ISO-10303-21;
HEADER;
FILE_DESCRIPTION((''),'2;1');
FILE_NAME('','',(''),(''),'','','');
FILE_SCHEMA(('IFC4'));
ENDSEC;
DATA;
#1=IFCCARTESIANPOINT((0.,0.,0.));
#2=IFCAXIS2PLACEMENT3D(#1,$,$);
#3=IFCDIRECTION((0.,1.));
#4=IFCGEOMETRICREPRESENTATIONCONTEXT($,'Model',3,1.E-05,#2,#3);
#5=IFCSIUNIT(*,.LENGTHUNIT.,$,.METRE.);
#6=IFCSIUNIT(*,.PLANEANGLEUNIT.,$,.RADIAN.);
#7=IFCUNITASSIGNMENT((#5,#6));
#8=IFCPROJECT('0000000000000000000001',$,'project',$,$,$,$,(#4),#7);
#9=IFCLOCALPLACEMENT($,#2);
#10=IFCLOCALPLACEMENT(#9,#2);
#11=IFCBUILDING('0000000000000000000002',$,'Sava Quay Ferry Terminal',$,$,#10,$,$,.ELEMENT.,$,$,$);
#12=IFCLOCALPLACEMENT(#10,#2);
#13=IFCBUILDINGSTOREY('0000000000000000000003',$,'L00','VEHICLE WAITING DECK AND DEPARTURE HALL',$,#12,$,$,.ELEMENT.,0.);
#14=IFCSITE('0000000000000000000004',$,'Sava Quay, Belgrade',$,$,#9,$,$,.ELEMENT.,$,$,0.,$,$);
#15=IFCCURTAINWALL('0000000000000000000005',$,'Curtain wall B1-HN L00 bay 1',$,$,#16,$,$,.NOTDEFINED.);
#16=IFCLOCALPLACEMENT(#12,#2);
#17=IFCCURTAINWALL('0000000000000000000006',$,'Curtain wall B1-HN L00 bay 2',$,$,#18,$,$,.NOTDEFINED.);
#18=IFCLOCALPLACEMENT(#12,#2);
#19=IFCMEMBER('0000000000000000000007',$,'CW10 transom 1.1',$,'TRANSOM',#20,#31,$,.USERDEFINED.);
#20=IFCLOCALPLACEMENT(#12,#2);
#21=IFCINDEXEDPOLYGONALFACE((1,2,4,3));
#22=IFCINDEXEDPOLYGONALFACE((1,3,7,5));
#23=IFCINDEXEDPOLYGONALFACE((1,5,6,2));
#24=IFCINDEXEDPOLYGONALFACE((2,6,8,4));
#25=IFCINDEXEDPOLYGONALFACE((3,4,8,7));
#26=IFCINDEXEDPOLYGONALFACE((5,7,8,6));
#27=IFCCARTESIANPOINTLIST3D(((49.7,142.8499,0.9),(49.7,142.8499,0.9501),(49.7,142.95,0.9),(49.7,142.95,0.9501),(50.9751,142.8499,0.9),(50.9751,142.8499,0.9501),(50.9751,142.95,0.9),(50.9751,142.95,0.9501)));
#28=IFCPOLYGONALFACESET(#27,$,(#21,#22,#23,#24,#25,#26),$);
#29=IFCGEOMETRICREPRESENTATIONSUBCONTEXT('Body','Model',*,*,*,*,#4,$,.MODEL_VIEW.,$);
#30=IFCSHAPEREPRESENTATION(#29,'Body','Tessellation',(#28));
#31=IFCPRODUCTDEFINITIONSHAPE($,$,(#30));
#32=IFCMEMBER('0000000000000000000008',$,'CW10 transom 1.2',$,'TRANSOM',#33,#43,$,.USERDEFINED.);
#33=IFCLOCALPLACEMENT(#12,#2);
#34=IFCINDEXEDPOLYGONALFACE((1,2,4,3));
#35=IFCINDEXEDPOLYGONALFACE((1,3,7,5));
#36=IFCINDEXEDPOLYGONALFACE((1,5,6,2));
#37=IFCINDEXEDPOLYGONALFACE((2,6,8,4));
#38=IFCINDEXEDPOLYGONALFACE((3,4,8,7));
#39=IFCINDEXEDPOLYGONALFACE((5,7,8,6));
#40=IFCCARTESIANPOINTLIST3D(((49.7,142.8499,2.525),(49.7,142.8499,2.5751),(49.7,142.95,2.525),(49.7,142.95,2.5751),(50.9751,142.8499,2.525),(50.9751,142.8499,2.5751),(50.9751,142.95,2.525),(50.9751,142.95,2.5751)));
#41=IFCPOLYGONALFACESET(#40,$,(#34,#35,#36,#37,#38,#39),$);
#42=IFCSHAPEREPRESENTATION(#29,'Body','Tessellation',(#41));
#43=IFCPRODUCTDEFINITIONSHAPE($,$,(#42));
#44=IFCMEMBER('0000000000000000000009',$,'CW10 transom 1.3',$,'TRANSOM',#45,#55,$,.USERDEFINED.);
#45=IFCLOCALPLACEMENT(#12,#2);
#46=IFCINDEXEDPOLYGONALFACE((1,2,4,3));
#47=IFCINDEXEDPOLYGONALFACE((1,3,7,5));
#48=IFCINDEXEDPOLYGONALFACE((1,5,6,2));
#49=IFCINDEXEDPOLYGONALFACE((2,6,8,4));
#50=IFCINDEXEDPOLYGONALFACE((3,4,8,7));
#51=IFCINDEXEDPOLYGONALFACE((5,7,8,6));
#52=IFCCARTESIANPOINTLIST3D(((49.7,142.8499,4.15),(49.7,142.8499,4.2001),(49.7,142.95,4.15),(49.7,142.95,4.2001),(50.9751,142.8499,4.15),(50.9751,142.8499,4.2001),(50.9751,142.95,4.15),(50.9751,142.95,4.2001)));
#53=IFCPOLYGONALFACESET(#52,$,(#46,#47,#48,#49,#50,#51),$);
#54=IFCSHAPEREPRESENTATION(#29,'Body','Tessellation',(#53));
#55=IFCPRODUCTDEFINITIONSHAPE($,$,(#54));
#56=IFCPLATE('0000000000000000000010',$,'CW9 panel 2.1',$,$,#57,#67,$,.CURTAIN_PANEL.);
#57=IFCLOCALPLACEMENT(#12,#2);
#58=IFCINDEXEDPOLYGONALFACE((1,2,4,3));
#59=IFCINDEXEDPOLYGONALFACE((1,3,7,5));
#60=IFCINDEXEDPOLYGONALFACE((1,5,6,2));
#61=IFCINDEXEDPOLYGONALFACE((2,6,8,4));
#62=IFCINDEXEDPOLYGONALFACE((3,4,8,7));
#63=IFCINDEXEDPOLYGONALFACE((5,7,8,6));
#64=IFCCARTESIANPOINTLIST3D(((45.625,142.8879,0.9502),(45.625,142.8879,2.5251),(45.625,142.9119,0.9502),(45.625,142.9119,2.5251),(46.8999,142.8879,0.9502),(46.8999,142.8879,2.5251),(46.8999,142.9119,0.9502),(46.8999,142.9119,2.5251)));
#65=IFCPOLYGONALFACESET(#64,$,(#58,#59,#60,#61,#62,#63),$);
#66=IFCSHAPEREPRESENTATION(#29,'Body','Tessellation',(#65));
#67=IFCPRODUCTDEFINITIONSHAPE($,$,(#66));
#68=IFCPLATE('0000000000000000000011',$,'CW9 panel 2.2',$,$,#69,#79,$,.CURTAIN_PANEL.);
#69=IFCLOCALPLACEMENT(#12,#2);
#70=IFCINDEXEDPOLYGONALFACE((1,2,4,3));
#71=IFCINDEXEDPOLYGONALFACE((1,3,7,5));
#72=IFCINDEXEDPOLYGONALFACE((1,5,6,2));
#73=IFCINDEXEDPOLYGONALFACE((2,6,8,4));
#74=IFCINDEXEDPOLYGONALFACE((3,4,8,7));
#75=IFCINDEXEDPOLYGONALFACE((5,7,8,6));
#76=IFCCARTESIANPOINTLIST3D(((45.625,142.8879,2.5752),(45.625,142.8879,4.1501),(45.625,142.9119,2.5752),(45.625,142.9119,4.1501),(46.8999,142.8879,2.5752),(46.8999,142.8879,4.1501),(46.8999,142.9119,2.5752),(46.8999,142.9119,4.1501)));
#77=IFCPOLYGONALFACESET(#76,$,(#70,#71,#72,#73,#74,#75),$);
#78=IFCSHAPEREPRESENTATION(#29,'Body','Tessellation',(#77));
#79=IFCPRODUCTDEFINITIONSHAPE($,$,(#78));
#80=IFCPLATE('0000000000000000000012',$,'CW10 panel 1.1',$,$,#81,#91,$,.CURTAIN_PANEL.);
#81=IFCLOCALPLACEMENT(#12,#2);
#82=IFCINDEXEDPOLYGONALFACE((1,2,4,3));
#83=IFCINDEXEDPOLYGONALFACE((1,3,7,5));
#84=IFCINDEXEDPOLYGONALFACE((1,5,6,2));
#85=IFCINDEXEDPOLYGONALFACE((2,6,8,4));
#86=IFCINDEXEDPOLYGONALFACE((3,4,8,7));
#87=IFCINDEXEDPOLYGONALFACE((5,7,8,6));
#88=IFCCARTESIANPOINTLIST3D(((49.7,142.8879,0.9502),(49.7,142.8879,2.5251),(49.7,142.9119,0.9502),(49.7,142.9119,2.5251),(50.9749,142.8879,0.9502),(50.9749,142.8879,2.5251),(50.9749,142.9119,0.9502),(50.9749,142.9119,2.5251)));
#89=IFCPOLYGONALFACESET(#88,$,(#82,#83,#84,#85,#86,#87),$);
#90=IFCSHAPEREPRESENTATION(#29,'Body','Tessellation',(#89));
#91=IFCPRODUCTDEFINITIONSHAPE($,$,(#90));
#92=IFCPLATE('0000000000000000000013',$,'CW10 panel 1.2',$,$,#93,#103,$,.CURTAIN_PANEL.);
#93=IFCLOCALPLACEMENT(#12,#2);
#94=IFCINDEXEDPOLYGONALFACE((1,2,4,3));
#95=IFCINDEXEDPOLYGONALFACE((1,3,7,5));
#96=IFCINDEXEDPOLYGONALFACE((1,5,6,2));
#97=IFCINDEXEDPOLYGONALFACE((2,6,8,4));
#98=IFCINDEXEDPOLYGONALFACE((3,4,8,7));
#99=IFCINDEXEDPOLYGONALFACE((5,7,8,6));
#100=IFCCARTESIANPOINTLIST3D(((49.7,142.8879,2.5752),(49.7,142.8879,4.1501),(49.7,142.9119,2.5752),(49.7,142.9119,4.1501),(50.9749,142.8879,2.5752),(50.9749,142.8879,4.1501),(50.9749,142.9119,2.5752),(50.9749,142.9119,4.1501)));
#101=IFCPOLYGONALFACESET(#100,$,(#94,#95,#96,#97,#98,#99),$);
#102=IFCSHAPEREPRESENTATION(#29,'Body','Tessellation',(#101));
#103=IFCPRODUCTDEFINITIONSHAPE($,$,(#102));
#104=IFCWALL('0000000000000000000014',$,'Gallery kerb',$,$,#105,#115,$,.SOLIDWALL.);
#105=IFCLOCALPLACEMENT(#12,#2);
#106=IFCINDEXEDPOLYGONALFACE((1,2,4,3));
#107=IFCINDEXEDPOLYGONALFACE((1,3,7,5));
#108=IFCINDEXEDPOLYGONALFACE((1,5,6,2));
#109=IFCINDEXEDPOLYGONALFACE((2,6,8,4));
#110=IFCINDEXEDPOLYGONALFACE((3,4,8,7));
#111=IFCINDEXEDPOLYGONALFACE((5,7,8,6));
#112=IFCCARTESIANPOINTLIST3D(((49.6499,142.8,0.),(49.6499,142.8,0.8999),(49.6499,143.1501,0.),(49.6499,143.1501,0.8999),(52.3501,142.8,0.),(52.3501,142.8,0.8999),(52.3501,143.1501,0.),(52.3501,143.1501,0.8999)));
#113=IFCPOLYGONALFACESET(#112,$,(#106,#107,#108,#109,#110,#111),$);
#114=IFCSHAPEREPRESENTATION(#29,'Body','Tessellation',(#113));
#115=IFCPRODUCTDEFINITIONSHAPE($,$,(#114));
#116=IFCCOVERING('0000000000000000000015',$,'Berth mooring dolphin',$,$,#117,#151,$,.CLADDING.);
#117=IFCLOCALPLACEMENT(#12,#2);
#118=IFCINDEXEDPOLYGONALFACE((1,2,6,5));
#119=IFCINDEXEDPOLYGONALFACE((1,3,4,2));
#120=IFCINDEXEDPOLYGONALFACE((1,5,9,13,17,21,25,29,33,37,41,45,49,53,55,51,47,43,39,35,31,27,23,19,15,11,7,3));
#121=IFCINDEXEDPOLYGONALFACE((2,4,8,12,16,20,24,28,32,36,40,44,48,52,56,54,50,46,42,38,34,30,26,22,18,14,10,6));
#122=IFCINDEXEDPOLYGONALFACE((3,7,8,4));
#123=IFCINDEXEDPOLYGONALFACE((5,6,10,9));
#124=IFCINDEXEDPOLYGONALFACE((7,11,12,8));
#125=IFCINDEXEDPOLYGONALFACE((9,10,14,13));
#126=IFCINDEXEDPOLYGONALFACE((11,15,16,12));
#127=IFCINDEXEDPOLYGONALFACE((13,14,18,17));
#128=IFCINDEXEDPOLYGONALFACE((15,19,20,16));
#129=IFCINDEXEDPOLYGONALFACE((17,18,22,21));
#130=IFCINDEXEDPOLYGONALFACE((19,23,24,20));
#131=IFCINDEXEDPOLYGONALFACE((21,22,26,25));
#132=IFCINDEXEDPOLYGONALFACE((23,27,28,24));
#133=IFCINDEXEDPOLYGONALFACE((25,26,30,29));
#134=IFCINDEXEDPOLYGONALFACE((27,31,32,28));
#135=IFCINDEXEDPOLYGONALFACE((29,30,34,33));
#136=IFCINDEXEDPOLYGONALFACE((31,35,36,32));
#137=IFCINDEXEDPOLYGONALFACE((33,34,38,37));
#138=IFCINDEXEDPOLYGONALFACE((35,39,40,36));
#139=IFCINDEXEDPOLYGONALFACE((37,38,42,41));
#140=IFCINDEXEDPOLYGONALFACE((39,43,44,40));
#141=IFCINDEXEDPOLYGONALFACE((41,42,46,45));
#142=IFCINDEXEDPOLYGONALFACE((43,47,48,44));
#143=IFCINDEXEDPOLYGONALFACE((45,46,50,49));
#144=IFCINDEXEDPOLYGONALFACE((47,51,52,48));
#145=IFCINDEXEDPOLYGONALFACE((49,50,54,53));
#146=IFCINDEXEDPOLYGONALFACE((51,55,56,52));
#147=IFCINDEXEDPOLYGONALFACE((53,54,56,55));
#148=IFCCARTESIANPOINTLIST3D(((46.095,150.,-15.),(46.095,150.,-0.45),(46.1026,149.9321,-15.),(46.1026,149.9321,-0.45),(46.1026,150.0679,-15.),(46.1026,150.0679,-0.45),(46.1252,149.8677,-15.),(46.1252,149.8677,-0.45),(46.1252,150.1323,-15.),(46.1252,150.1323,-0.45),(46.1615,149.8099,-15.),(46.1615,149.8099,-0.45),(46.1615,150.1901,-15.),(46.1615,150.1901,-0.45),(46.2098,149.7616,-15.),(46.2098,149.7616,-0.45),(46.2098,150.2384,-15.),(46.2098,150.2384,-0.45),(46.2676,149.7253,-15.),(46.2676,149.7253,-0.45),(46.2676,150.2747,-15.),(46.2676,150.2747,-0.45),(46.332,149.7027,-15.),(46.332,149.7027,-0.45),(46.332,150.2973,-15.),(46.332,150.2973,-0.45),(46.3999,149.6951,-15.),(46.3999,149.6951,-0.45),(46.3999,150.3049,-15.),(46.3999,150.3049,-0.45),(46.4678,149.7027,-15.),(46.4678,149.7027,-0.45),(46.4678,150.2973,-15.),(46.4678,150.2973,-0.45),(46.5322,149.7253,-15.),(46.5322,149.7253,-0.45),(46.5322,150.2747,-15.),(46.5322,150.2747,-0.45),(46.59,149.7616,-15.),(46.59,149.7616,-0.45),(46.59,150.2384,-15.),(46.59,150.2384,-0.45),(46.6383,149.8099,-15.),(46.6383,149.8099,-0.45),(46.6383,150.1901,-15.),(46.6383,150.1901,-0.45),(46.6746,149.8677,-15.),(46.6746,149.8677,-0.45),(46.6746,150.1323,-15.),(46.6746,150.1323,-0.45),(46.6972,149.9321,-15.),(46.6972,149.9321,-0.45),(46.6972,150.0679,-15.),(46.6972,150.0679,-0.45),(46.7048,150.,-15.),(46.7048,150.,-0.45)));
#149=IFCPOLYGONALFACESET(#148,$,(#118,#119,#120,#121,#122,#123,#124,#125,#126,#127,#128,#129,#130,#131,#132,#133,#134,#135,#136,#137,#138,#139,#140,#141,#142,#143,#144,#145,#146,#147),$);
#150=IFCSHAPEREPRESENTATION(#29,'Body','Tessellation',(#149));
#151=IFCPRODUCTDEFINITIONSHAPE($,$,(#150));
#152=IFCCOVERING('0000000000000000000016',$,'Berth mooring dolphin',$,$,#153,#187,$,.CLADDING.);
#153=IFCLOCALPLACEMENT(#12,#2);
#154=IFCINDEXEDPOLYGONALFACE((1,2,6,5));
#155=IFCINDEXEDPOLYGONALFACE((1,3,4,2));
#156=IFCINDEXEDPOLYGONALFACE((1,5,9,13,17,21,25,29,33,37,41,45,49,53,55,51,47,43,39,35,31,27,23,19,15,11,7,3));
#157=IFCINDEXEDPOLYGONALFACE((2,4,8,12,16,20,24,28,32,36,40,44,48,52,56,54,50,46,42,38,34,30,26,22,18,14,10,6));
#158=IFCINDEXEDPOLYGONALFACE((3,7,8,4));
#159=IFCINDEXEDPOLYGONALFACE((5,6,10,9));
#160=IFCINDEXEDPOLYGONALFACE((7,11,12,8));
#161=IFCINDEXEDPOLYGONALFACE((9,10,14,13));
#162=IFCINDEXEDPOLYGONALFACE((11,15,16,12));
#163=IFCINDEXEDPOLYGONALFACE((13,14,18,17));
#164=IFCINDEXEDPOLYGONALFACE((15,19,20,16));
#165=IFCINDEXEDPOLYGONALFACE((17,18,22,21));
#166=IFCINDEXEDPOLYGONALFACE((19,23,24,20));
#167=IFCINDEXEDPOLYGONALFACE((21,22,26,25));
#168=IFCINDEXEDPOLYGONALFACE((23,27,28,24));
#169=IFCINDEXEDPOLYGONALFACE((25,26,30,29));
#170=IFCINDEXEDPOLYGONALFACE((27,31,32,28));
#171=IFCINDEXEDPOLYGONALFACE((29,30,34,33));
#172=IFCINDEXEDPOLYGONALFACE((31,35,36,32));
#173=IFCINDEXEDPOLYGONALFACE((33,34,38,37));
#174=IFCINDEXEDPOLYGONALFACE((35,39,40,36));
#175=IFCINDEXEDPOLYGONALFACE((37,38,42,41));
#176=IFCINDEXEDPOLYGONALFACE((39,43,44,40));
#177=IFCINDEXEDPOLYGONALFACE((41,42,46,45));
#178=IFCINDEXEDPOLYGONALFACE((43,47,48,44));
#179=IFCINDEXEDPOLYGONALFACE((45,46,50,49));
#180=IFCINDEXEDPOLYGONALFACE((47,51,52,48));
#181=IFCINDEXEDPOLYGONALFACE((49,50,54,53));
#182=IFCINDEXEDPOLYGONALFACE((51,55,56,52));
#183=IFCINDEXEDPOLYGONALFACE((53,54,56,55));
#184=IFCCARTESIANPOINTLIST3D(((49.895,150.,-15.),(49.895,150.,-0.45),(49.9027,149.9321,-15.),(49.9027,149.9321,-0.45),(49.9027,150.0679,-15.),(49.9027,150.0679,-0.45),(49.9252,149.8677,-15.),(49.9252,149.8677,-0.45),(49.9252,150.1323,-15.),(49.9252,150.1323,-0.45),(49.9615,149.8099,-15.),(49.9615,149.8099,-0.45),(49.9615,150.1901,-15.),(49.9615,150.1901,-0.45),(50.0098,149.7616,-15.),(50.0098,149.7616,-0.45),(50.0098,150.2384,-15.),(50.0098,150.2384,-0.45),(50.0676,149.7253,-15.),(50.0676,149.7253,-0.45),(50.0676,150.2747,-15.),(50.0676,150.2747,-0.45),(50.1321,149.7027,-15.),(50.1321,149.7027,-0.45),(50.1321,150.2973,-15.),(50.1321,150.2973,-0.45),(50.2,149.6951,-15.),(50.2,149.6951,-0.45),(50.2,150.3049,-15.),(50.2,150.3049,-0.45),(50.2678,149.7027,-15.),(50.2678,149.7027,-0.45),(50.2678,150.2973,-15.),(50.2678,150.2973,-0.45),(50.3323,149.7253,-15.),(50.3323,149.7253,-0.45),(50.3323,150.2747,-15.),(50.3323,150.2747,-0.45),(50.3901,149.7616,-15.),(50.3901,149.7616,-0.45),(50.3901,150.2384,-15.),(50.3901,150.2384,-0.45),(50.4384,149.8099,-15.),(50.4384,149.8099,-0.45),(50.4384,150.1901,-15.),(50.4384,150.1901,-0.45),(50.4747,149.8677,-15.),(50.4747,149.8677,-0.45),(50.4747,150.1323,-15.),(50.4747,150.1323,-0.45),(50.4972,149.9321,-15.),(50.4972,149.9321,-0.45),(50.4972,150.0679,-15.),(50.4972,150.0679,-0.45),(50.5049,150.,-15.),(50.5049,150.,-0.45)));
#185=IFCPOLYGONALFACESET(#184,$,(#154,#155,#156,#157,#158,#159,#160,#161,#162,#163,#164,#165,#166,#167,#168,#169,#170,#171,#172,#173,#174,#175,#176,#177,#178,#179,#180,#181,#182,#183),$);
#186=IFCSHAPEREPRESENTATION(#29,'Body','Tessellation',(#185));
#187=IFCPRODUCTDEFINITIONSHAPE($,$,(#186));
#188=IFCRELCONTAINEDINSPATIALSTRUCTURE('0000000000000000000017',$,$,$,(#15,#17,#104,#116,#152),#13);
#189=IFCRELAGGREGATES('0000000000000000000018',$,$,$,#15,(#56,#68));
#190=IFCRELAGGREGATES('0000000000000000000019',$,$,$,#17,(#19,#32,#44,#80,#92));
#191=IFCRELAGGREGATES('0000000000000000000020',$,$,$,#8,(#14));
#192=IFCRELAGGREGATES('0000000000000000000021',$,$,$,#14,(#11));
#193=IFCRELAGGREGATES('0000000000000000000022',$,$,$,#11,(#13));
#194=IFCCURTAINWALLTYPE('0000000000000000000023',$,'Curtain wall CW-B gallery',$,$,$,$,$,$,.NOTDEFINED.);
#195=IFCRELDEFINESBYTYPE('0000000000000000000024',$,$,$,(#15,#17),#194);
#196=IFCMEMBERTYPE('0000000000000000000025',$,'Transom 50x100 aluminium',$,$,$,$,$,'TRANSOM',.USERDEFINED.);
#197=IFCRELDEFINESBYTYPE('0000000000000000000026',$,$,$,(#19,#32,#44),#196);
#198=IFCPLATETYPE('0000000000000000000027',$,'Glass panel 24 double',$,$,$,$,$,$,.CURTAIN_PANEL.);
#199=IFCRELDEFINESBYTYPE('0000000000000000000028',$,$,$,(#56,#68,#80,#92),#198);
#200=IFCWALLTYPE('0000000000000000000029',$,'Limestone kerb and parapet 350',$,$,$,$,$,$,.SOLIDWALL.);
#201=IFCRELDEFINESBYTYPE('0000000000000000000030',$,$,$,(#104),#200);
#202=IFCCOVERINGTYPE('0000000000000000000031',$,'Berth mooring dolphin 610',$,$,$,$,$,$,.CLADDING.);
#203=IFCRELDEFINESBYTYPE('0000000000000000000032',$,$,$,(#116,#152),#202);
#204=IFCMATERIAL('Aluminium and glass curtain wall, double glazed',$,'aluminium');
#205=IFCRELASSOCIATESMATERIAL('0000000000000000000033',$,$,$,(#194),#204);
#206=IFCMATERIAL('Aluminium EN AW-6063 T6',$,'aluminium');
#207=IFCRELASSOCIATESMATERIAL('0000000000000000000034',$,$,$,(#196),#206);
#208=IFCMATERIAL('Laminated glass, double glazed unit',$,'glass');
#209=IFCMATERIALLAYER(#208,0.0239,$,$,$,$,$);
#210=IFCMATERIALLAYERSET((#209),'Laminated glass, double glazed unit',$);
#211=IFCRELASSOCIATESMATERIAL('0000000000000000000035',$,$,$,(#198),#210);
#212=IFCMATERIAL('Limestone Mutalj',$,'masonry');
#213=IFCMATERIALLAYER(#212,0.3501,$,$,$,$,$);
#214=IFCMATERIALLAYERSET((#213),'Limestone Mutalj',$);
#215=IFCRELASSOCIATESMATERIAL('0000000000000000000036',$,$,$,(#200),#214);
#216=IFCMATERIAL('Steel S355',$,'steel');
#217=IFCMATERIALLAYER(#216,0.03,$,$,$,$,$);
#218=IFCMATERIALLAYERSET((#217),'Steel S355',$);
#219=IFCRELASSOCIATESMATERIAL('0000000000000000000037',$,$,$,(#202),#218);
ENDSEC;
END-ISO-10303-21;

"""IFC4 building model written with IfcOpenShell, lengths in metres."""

from ifc_helpers import new_model, si_unit, direction, frame, frame_2d, origin, origin_2d, place, context, subcontext, project, spatial, rectangle, circle, extrude, material, layer, layer_set, material_profile, profile_set, type_object, element, aggregate, save


model = new_model("IFC4")

# Units and contexts
model_context = context("Model", 3, precision=1e-05, world=origin(), true_north=direction((0.0, 1.0)))
body_context = subcontext(model_context, "Body", "Model", "MODEL_VIEW")
ifc_project = project(units=[si_unit("LENGTHUNIT", "METRE"), si_unit("PLANEANGLEUNIT", "RADIAN")], contexts=[model_context])

# Site, building, storey
site_placement = place(None, origin())
site = spatial("IfcSite", under=ifc_project, at=site_placement, Name="Sava Quay, Belgrade", CompositionType="ELEMENT", RefElevation=0.0)
building_placement = place(site_placement, origin())
building = spatial("IfcBuilding", under=site, at=building_placement, Name="Sava Quay Ferry Terminal", CompositionType="ELEMENT")
storey_placement = place(building_placement, origin())
storey = spatial("IfcBuildingStorey", under=building, at=storey_placement, Name="L00", Description="VEHICLE WAITING DECK AND DEPARTURE HALL", CompositionType="ELEMENT", Elevation=0.0)

# Curtain wall
ifc_material_1 = material(Name="Aluminium and glass curtain wall, double glazed", Category="aluminium")
curtain_wall_type = type_object("IfcCurtainWallType", Name="Curtain wall CW-B gallery", PredefinedType="NOTDEFINED", material=ifc_material_1)
curtain_wall_1_placement = place(storey_placement, origin())
curtain_wall_1 = element("IfcCurtainWall", 1, at=curtain_wall_1_placement, inside=storey, type_object=curtain_wall_type, Name="Curtain wall B1-HN L00 bay 1", PredefinedType="NOTDEFINED")

# Curtain wall, members
curtain_wall_2_placement = place(storey_placement, origin())
curtain_wall_2 = element("IfcCurtainWall", 2, at=curtain_wall_2_placement, inside=storey, type_object=curtain_wall_type, Name="Curtain wall B1-HN L00 bay 2", PredefinedType="NOTDEFINED")
ifc_material_2 = material(Name="Aluminium EN AW-6063 T6", Category="aluminium")
ifc_material_profile_1 = material_profile(ifc_material_2, rectangle(XDim=0.1001, YDim=0.05, at=origin_2d()), Name="Transom 50x100 aluminium")
ifc_profile_set_1 = profile_set([ifc_material_profile_1], Name="Aluminium EN AW-6063 T6")
member_type_1 = type_object("IfcMemberType", Name="Transom 50x100 aluminium", ElementType="TRANSOM", PredefinedType="USERDEFINED", material=ifc_profile_set_1)
member_1_placement = place(storey_placement, frame((49.7, 142.8999, 0.925), z_axis=(1.0, 0.0, 0.0), x_axis=(0.0, 1.0, 0.0)))
member_1 = element("IfcMember", 3, at=member_1_placement, type_object=member_type_1, Name="CW10 transom 1.1", ObjectType="TRANSOM", PredefinedType="USERDEFINED", context=body_context, shape_type="SweptSolid", body=[
    extrude(rectangle(XDim=0.1001, YDim=0.05, at=origin_2d()), origin(), (0.0, 0.0, 1.0), 1.2751),
])
member_2_placement = place(storey_placement, frame((49.7, 142.8999, 2.55), z_axis=(1.0, 0.0, 0.0), x_axis=(0.0, 1.0, 0.0)))
member_2 = element("IfcMember", 4, at=member_2_placement, type_object=member_type_1, Name="CW10 transom 1.2", ObjectType="TRANSOM", PredefinedType="USERDEFINED", context=body_context, shape_type="SweptSolid", body=[
    extrude(rectangle(XDim=0.1001, YDim=0.05, at=origin_2d()), origin(), (0.0, 0.0, 1.0), 1.2751),
])
member_3_placement = place(storey_placement, frame((49.7, 142.8999, 4.175), z_axis=(1.0, 0.0, 0.0), x_axis=(0.0, 1.0, 0.0)))
member_3 = element("IfcMember", 5, at=member_3_placement, type_object=member_type_1, Name="CW10 transom 1.3", ObjectType="TRANSOM", PredefinedType="USERDEFINED", context=body_context, shape_type="SweptSolid", body=[
    extrude(rectangle(XDim=0.1001, YDim=0.05, at=origin_2d()), origin(), (0.0, 0.0, 1.0), 1.2751),
])

# Plates
ifc_material_3 = material(Name="Laminated glass, double glazed unit", Category="glass")
ifc_layer_1 = layer(ifc_material_3, 0.0239)
ifc_layer_set_1 = layer_set([ifc_layer_1], Name="Laminated glass, double glazed unit")
plate_type = type_object("IfcPlateType", Name="Glass panel 24 double", PredefinedType="CURTAIN_PANEL", material=ifc_layer_set_1)
plate_1_placement = place(storey_placement, frame((46.2625, 142.8999, 0.9502), z_axis=(0.0, 0.0, 1.0), x_axis=(1.0, 0.0, 0.0)))
plate_1 = element("IfcPlate", 6, at=plate_1_placement, type_object=plate_type, Name="CW9 panel 2.1", PredefinedType="CURTAIN_PANEL", context=body_context, shape_type="SweptSolid", body=[
    extrude(rectangle(XDim=1.2749, YDim=0.0239, at=origin_2d()), origin(), (0.0, 0.0, 1.0), 1.575),
])
plate_2_placement = place(storey_placement, frame((46.2625, 142.8999, 2.5752), z_axis=(0.0, 0.0, 1.0), x_axis=(1.0, 0.0, 0.0)))
plate_2 = element("IfcPlate", 7, at=plate_2_placement, type_object=plate_type, Name="CW9 panel 2.2", PredefinedType="CURTAIN_PANEL", context=body_context, shape_type="SweptSolid", body=[
    extrude(rectangle(XDim=1.2749, YDim=0.0239, at=origin_2d()), origin(), (0.0, 0.0, 1.0), 1.575),
])
aggregate(curtain_wall_1, [plate_1, plate_2])
plate_3_placement = place(storey_placement, frame((50.3374, 142.8999, 0.9502), z_axis=(0.0, 0.0, 1.0), x_axis=(1.0, 0.0, 0.0)))
plate_3 = element("IfcPlate", 8, at=plate_3_placement, type_object=plate_type, Name="CW10 panel 1.1", PredefinedType="CURTAIN_PANEL", context=body_context, shape_type="SweptSolid", body=[
    extrude(rectangle(XDim=1.2749, YDim=0.0239, at=origin_2d()), origin(), (0.0, 0.0, 1.0), 1.575),
])
plate_4_placement = place(storey_placement, frame((50.3374, 142.8999, 2.5752), z_axis=(0.0, 0.0, 1.0), x_axis=(1.0, 0.0, 0.0)))
plate_4 = element("IfcPlate", 9, at=plate_4_placement, type_object=plate_type, Name="CW10 panel 1.2", PredefinedType="CURTAIN_PANEL", context=body_context, shape_type="SweptSolid", body=[
    extrude(rectangle(XDim=1.2749, YDim=0.0239, at=origin_2d()), origin(), (0.0, 0.0, 1.0), 1.575),
])
aggregate(curtain_wall_2, [member_1, member_2, member_3, plate_3, plate_4])

# Wall
ifc_material_4 = material(Name="Limestone Mutalj", Category="masonry")
ifc_layer_2 = layer(ifc_material_4, 0.3501)
ifc_layer_set_2 = layer_set([ifc_layer_2], Name="Limestone Mutalj")
wall_type_1 = type_object("IfcWallType", Name="Limestone kerb and parapet 350", PredefinedType="SOLIDWALL", material=ifc_layer_set_2)
wall_1_placement = place(storey_placement, frame((49.6499, 142.9751, 0.0), z_axis=(0.0, 0.0, 1.0), x_axis=(1.0, 0.0, 0.0)))
element("IfcWall", 10, at=wall_1_placement, inside=storey, type_object=wall_type_1, Name="Gallery kerb", PredefinedType="SOLIDWALL", context=body_context, shape_type="SweptSolid", body=[
    extrude(rectangle(XDim=2.7002, YDim=0.3501, at=frame_2d((1.3501, 0.0))), origin(), (0.0, 0.0, 1.0), 0.8999),
])

# Coverings
ifc_material_5 = material(Name="Steel S355", Category="steel")
ifc_layer_3 = layer(ifc_material_5, 0.03)
ifc_layer_set_3 = layer_set([ifc_layer_3], Name="Steel S355")
covering_type_1 = type_object("IfcCoveringType", Name="Berth mooring dolphin 610", PredefinedType="CLADDING", material=ifc_layer_set_3)
for number, where, z_axis, x_axis, name in (
    (11, (46.3999, 150.0, -0.45), (0.0, 0.0, -1.0), (1.0, 0.0, 0.0), "Berth mooring dolphin"),
    (12, (50.2, 150.0, -0.45), (0.0, 0.0, -1.0), (1.0, 0.0, 0.0), "Berth mooring dolphin"),
):
    element("IfcCovering", number, at=place(storey_placement, frame(where, z_axis=z_axis, x_axis=x_axis)), inside=storey, type_object=covering_type_1, Name=name, PredefinedType="CLADDING", context=body_context, shape_type="SweptSolid", body=[
        extrude(circle(Radius=0.3049, at=origin_2d()), origin(), (0.0, 0.0, 1.0), 14.55),
    ])

save(model, "model.ifc")
